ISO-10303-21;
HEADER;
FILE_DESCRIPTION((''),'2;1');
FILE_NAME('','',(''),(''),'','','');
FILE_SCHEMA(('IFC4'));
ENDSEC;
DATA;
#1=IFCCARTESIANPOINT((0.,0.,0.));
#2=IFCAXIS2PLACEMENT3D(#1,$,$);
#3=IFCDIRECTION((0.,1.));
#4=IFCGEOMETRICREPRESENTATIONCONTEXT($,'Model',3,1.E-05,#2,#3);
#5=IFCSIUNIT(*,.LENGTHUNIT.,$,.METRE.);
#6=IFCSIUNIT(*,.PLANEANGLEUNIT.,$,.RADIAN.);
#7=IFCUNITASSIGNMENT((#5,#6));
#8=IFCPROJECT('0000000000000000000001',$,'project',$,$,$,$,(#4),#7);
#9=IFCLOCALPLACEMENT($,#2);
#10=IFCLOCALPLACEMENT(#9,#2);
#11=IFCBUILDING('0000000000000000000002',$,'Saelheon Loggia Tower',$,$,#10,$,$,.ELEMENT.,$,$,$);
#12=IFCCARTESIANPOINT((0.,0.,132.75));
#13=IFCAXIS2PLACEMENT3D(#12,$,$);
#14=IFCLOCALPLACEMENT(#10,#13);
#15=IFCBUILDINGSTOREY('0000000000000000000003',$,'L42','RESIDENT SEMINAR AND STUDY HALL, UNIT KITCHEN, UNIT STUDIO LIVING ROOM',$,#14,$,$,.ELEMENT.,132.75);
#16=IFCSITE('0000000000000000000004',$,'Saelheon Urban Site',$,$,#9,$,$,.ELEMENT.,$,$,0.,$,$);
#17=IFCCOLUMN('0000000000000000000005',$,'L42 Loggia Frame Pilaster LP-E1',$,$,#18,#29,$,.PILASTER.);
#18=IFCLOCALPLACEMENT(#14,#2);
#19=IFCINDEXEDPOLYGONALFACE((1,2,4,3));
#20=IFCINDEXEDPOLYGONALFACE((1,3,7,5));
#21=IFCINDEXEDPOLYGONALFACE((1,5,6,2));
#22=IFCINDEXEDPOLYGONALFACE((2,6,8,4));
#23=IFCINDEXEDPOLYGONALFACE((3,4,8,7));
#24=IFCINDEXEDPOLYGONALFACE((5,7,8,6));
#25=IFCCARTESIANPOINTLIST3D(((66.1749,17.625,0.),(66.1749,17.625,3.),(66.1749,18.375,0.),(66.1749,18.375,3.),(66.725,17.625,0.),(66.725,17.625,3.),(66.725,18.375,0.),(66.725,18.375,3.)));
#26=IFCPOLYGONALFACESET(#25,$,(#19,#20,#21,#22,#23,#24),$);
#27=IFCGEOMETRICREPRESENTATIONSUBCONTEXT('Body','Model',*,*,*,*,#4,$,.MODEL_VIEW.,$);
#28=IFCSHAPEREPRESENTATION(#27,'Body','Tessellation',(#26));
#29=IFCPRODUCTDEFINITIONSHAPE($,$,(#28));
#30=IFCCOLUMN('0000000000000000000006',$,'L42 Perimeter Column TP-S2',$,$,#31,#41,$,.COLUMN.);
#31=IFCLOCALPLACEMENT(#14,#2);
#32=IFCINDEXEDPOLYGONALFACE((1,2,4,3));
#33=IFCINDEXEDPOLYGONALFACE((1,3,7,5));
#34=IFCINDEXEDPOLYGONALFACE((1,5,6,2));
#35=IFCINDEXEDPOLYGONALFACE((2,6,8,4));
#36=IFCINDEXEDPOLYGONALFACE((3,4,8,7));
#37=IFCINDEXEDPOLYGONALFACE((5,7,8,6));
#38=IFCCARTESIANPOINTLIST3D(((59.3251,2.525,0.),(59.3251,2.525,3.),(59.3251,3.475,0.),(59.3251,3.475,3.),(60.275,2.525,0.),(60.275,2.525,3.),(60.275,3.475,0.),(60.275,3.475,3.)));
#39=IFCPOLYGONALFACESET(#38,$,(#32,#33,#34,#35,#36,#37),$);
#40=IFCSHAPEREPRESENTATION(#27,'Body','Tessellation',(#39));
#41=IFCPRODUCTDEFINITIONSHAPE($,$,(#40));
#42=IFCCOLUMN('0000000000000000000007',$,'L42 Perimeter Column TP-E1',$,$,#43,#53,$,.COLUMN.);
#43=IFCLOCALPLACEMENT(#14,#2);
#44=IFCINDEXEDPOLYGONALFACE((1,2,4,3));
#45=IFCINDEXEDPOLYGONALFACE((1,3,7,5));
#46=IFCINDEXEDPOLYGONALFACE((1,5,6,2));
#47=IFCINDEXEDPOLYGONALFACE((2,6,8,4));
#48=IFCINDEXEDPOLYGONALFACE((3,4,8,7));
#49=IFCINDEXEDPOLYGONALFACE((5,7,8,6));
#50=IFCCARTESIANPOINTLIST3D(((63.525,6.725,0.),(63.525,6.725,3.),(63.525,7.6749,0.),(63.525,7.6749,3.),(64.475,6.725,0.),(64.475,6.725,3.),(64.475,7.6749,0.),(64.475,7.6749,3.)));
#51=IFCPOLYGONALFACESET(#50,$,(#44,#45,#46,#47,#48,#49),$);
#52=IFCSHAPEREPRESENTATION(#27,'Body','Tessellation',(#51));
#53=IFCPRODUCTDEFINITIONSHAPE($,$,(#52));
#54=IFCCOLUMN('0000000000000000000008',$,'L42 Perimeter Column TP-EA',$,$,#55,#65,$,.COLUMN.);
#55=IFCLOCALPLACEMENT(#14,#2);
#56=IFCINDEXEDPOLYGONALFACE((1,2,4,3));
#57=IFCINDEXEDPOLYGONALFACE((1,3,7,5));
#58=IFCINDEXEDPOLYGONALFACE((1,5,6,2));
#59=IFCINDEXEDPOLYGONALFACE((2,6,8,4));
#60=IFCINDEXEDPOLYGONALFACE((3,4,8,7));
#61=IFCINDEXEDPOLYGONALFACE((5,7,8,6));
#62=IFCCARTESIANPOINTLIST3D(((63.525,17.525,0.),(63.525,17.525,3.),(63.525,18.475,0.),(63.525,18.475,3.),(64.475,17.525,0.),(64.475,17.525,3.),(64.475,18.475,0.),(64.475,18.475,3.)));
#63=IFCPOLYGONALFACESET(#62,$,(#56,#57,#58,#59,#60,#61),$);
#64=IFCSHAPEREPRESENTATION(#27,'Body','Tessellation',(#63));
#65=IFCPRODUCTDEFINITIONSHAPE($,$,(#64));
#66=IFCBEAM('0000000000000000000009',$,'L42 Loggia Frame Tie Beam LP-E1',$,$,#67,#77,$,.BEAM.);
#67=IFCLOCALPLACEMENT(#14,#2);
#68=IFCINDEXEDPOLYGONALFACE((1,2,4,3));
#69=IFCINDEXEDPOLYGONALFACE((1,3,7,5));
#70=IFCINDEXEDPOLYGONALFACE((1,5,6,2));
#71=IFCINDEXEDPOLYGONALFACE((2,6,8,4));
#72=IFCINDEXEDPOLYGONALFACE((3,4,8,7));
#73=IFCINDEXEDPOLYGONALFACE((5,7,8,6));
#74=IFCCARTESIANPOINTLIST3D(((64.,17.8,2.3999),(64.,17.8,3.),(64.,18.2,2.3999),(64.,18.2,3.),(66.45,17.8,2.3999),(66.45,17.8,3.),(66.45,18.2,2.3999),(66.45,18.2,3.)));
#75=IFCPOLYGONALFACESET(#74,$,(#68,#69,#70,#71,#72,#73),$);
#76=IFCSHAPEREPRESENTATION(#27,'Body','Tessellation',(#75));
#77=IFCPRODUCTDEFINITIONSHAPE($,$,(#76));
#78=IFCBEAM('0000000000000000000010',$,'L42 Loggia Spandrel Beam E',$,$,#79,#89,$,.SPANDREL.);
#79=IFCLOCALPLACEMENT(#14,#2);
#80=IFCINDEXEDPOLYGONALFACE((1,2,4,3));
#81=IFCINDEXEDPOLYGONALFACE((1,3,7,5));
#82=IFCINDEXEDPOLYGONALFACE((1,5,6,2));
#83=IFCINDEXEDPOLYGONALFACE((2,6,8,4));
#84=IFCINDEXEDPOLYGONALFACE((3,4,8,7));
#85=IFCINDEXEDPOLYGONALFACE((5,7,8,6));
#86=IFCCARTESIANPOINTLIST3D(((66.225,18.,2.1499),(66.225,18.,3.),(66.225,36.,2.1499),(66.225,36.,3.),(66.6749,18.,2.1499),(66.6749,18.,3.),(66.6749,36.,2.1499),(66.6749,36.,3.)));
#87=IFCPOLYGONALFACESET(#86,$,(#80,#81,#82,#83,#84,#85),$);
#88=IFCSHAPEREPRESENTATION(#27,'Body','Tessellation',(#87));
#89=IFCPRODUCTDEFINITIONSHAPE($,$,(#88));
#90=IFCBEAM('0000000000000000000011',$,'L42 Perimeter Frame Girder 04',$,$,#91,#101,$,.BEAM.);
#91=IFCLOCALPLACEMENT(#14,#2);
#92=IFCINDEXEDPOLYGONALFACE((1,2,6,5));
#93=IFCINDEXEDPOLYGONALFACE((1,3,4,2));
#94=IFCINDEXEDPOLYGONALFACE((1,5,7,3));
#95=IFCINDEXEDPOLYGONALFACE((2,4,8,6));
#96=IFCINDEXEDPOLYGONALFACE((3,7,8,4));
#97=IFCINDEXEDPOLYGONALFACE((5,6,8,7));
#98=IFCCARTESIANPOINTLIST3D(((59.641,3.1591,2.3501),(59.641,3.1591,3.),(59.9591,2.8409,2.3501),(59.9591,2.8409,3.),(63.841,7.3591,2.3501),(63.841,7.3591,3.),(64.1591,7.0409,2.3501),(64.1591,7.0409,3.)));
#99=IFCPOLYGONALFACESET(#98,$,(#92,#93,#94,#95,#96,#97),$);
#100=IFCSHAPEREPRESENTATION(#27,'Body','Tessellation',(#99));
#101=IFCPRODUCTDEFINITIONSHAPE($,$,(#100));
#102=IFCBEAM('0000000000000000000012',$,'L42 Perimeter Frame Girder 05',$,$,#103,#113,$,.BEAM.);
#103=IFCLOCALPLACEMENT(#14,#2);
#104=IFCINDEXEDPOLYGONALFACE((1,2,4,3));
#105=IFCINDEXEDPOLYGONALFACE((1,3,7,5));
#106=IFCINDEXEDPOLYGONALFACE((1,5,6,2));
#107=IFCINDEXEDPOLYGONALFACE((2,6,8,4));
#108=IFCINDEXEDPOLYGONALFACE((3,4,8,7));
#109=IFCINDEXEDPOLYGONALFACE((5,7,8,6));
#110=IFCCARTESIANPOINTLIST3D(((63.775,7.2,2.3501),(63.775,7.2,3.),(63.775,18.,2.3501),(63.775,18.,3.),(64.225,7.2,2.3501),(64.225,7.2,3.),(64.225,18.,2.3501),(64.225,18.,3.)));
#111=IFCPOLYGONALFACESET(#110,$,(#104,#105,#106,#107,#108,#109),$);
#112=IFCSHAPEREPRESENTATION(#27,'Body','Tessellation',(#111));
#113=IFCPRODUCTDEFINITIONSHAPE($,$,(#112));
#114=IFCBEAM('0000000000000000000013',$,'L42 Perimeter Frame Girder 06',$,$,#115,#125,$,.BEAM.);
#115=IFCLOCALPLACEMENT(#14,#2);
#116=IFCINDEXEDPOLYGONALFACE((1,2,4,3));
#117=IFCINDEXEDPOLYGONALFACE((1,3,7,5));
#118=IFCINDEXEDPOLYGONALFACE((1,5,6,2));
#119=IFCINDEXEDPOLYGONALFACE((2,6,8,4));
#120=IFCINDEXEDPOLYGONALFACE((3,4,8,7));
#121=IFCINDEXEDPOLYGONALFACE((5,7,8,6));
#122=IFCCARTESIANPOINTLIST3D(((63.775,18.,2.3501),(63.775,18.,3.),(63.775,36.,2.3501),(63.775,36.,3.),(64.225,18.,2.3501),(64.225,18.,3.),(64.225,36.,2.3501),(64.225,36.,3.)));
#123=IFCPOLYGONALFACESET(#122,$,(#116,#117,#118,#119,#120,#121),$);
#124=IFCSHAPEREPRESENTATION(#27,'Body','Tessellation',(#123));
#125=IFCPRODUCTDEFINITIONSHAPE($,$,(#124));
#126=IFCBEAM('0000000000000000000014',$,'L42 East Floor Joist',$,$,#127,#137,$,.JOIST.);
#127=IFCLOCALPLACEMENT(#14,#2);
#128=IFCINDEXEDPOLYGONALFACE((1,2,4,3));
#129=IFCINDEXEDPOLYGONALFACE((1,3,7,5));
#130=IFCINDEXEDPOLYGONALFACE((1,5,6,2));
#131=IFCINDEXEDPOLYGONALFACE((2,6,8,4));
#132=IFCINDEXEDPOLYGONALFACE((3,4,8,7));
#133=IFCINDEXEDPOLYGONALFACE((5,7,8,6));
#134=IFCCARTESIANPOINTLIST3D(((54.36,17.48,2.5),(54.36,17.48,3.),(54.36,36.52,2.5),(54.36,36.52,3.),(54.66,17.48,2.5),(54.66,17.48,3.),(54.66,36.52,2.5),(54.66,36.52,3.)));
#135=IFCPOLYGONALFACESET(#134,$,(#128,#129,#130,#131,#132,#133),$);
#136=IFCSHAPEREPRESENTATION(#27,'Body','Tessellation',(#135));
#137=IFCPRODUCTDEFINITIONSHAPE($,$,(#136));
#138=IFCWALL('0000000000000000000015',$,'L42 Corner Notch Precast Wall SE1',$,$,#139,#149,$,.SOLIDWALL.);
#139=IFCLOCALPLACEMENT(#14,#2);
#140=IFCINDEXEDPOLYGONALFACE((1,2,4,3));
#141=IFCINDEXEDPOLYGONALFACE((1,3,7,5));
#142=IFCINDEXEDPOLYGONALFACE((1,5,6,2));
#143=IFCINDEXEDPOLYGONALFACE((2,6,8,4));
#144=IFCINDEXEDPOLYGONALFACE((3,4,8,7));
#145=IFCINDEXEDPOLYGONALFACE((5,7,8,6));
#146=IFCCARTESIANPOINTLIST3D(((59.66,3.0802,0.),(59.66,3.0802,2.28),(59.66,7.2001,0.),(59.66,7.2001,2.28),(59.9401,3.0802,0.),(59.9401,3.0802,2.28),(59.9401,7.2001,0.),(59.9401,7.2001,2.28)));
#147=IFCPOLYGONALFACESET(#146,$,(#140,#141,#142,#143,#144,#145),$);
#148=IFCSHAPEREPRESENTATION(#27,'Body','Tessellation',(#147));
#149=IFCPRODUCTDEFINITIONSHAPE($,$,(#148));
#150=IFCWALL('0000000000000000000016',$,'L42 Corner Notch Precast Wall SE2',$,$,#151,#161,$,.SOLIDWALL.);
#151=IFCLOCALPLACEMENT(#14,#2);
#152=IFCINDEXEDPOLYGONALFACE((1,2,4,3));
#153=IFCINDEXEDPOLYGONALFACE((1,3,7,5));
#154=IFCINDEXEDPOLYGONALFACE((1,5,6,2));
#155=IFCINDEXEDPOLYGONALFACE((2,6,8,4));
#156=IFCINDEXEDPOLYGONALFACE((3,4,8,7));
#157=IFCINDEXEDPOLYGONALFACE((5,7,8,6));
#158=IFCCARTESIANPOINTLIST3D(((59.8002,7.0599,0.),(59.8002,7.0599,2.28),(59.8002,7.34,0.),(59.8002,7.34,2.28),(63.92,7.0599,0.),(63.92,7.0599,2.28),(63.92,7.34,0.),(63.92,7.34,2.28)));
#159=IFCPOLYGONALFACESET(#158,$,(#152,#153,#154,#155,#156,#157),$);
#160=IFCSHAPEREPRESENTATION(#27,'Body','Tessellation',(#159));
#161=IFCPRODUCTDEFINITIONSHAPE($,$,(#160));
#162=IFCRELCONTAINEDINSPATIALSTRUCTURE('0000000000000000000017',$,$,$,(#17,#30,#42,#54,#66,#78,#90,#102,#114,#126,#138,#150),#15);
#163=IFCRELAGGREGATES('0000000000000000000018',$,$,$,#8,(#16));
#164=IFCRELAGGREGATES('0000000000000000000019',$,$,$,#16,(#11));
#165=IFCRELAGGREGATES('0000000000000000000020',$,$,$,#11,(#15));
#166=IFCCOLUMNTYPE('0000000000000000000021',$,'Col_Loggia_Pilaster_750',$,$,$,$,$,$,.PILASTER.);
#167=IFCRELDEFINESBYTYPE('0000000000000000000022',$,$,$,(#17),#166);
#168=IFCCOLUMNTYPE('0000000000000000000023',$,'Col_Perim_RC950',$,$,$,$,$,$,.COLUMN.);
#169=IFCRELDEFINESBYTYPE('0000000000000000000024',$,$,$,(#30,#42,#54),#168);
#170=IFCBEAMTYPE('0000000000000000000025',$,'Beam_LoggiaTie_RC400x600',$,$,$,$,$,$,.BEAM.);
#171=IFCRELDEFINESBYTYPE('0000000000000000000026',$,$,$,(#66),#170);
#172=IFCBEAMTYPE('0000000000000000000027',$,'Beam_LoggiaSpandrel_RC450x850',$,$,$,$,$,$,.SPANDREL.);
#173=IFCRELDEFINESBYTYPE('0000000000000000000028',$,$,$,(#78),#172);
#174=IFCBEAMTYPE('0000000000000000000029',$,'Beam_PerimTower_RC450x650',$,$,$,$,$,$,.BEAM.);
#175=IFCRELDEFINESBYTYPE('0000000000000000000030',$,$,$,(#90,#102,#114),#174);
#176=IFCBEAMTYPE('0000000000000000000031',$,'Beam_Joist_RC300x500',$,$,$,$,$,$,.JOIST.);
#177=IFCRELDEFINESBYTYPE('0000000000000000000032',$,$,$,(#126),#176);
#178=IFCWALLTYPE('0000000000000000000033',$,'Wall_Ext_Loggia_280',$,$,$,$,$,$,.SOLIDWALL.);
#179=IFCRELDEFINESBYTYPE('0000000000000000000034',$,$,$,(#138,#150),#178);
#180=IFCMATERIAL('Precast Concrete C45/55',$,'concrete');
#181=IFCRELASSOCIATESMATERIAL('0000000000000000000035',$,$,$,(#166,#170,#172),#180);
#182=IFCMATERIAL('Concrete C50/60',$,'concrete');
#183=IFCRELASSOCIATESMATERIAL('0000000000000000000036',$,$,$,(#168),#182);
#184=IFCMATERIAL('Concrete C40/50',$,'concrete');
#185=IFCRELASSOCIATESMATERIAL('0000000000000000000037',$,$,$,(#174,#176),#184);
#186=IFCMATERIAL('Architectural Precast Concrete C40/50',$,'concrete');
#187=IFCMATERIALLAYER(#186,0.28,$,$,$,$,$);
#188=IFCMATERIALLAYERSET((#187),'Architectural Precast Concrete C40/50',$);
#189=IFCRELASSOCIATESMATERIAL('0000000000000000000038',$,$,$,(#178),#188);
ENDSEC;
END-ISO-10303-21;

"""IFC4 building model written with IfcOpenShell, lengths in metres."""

from ifc_helpers import new_model, si_unit, direction, frame, frame_2d, origin, origin_2d, place, context, subcontext, project, spatial, rectangle, extrude, source, transform, mapped, material, layer, layer_set, material_profile, profile_set, type_object, element, save


model = new_model("IFC4")

# Units and contexts
model_context = context("Model", 3, precision=1e-05, world=origin(), true_north=direction((0.0, 1.0)))
body_context = subcontext(model_context, "Body", "Model", "MODEL_VIEW")
ifc_project = project(units=[si_unit("LENGTHUNIT", "METRE"), si_unit("PLANEANGLEUNIT", "RADIAN")], contexts=[model_context])

# Site, building, storey
site_placement = place(None, origin())
site = spatial("IfcSite", under=ifc_project, at=site_placement, Name="Saelheon Urban Site", CompositionType="ELEMENT", RefElevation=0.0)
building_placement = place(site_placement, origin())
building = spatial("IfcBuilding", under=site, at=building_placement, Name="Saelheon Loggia Tower", CompositionType="ELEMENT")
storey_placement = place(building_placement, frame((0.0, 0.0, 132.75)))
storey = spatial("IfcBuildingStorey", under=building, at=storey_placement, Name="L42", Description="RESIDENT SEMINAR AND STUDY HALL, UNIT KITCHEN, UNIT STUDIO LIVING ROOM", CompositionType="ELEMENT", Elevation=132.75)

# Columns
ifc_material_1 = material(Name="Precast Concrete C45/55", Category="concrete")
ifc_material_profile_1 = material_profile(ifc_material_1, rectangle(XDim=0.55, YDim=0.75, at=origin_2d()), Name="RC-550x750")
ifc_profile_set_1 = profile_set([ifc_material_profile_1], Name="Precast Concrete C45/55")
column_type_1 = type_object("IfcColumnType", Name="Col_Loggia_Pilaster_750", PredefinedType="PILASTER", material=ifc_profile_set_1)
shared_shape_1 = source(origin(), body_context, "Body", "SweptSolid", [
    extrude(rectangle(XDim=0.55, YDim=0.75, at=origin_2d()), origin(), (0.0, 0.0, 1.0), 3.0),
])
column_placement = place(storey_placement, frame((66.45, 18.0, 0.0), z_axis=(0.0, 0.0, 1.0), x_axis=(1.0, 0.0, 0.0)))
element("IfcColumn", 1, at=column_placement, inside=storey, type_object=column_type_1, Name="L42 Loggia Frame Pilaster LP-E1", PredefinedType="PILASTER", context=body_context, shape_type="MappedRepresentation", body=[
    mapped(shared_shape_1, transform((0.0, 0.0, 0.0), scale=1.0)),
])
ifc_material_2 = material(Name="Concrete C50/60", Category="concrete")
ifc_material_profile_2 = material_profile(ifc_material_2, rectangle(XDim=0.95, YDim=0.95, at=origin_2d()), Name="RC-950x950")
ifc_profile_set_2 = profile_set([ifc_material_profile_2], Name="Concrete C50/60")
column_type_2 = type_object("IfcColumnType", Name="Col_Perim_RC950", PredefinedType="COLUMN", material=ifc_profile_set_2)
shared_shape_2 = source(origin(), body_context, "Body", "SweptSolid", [
    extrude(rectangle(XDim=0.95, YDim=0.95, at=origin_2d()), origin(), (0.0, 0.0, 1.0), 3.0),
])
for number, where, z_axis, x_axis, name in (
    (2, (59.8, 3.0, 0.0), (0.0, 0.0, 1.0), (1.0, 0.0, 0.0), "L42 Perimeter Column TP-S2"),
    (3, (64.0, 7.2, 0.0), (0.0, 0.0, 1.0), (1.0, 0.0, 0.0), "L42 Perimeter Column TP-E1"),
    (4, (64.0, 18.0, 0.0), (0.0, 0.0, 1.0), (1.0, 0.0, 0.0), "L42 Perimeter Column TP-EA"),
):
    element("IfcColumn", number, at=place(storey_placement, frame(where, z_axis=z_axis, x_axis=x_axis)), inside=storey, type_object=column_type_2, Name=name, PredefinedType="COLUMN", context=body_context, shape_type="MappedRepresentation", body=[
        mapped(shared_shape_2, transform((0.0, 0.0, 0.0), scale=1.0)),
    ])

# Beams
ifc_material_profile_3 = material_profile(ifc_material_1, rectangle(XDim=0.3999, YDim=0.6001, at=origin_2d()), Name="RC-400x600")
ifc_profile_set_3 = profile_set([ifc_material_profile_3], Name="Precast Concrete C45/55")
beam_type_1 = type_object("IfcBeamType", Name="Beam_LoggiaTie_RC400x600", PredefinedType="BEAM", material=ifc_profile_set_3)
shared_shape_3 = source(origin(), body_context, "Body", "SweptSolid", [
    extrude(rectangle(XDim=0.3999, YDim=0.6001, at=origin_2d()), origin(), (0.0, 0.0, 1.0), 2.45),
])
beam_1_placement = place(storey_placement, frame((64.0, 18.0, 2.7), z_axis=(1.0, 0.0, 0.0), x_axis=(0.0, 1.0, 0.0)))
element("IfcBeam", 5, at=beam_1_placement, inside=storey, type_object=beam_type_1, Name="L42 Loggia Frame Tie Beam LP-E1", PredefinedType="BEAM", context=body_context, shape_type="MappedRepresentation", body=[
    mapped(shared_shape_3, transform((0.0, 0.0, 0.0), scale=1.0)),
])
ifc_material_profile_4 = material_profile(ifc_material_1, rectangle(XDim=0.45, YDim=0.8501, at=origin_2d()), Name="RC-450x850")
ifc_profile_set_4 = profile_set([ifc_material_profile_4], Name="Precast Concrete C45/55")
beam_type_2 = type_object("IfcBeamType", Name="Beam_LoggiaSpandrel_RC450x850", PredefinedType="SPANDREL", material=ifc_profile_set_4)
shared_shape_4 = source(origin(), body_context, "Body", "SweptSolid", [
    extrude(rectangle(XDim=0.45, YDim=0.8501, at=origin_2d()), origin(), (0.0, 0.0, 1.0), 18.0),
])
beam_2_placement = place(storey_placement, frame((66.45, 18.0, 2.575), z_axis=(0.0, 1.0, 0.0), x_axis=(-1.0, 0.0, 0.0)))
element("IfcBeam", 6, at=beam_2_placement, inside=storey, type_object=beam_type_2, Name="L42 Loggia Spandrel Beam E", PredefinedType="SPANDREL", context=body_context, shape_type="MappedRepresentation", body=[
    mapped(shared_shape_4, transform((0.0, 0.0, 0.0), scale=1.0)),
])
ifc_material_3 = material(Name="Concrete C40/50", Category="concrete")
ifc_material_profile_5 = material_profile(ifc_material_3, rectangle(XDim=0.45, YDim=0.6499, at=origin_2d()), Name="RC-450x650")
ifc_profile_set_5 = profile_set([ifc_material_profile_5], Name="Concrete C40/50")
beam_type_3 = type_object("IfcBeamType", Name="Beam_PerimTower_RC450x650", PredefinedType="BEAM", material=ifc_profile_set_5)
shared_shape_5 = source(origin(), body_context, "Body", "SweptSolid", [
    extrude(rectangle(XDim=0.45, YDim=0.6499, at=origin_2d()), origin(), (0.0, 0.0, 1.0), 5.9397),
])
beam_3_placement = place(storey_placement, frame((59.8, 3.0, 2.675), z_axis=(0.707107, 0.707107, 0.0), x_axis=(-0.707107, 0.707107, 0.0)))
element("IfcBeam", 7, at=beam_3_placement, inside=storey, type_object=beam_type_3, Name="L42 Perimeter Frame Girder 04", PredefinedType="BEAM", context=body_context, shape_type="MappedRepresentation", body=[
    mapped(shared_shape_5, transform((0.0, 0.0, 0.0), scale=1.0)),
])
shared_shape_6 = source(origin(), body_context, "Body", "SweptSolid", [
    extrude(rectangle(XDim=0.45, YDim=0.6499, at=origin_2d()), origin(), (0.0, 0.0, 1.0), 10.8),
])
beam_4_placement = place(storey_placement, frame((64.0, 7.2, 2.675), z_axis=(0.0, 1.0, 0.0), x_axis=(-1.0, 0.0, 0.0)))
element("IfcBeam", 8, at=beam_4_placement, inside=storey, type_object=beam_type_3, Name="L42 Perimeter Frame Girder 05", PredefinedType="BEAM", context=body_context, shape_type="MappedRepresentation", body=[
    mapped(shared_shape_6, transform((0.0, 0.0, 0.0), scale=1.0)),
])
shared_shape_7 = source(origin(), body_context, "Body", "SweptSolid", [
    extrude(rectangle(XDim=0.45, YDim=0.6499, at=origin_2d()), origin(), (0.0, 0.0, 1.0), 18.0),
])
beam_5_placement = place(storey_placement, frame((64.0, 18.0, 2.675), z_axis=(0.0, 1.0, 0.0), x_axis=(-1.0, 0.0, 0.0)))
element("IfcBeam", 9, at=beam_5_placement, inside=storey, type_object=beam_type_3, Name="L42 Perimeter Frame Girder 06", PredefinedType="BEAM", context=body_context, shape_type="MappedRepresentation", body=[
    mapped(shared_shape_7, transform((0.0, 0.0, 0.0), scale=1.0)),
])
ifc_material_profile_6 = material_profile(ifc_material_3, rectangle(XDim=0.3, YDim=0.5, at=origin_2d()), Name="RC-300x500")
ifc_profile_set_6 = profile_set([ifc_material_profile_6], Name="Concrete C40/50")
beam_type_4 = type_object("IfcBeamType", Name="Beam_Joist_RC300x500", PredefinedType="JOIST", material=ifc_profile_set_6)
shared_shape_8 = source(origin(), body_context, "Body", "SweptSolid", [
    extrude(rectangle(XDim=0.3, YDim=0.5, at=origin_2d()), origin(), (0.0, 0.0, 1.0), 19.04),
])
beam_6_placement = place(storey_placement, frame((54.51, 17.48, 2.75), z_axis=(0.0, 1.0, 0.0), x_axis=(-1.0, 0.0, 0.0)))
element("IfcBeam", 10, at=beam_6_placement, inside=storey, type_object=beam_type_4, Name="L42 East Floor Joist", PredefinedType="JOIST", context=body_context, shape_type="MappedRepresentation", body=[
    mapped(shared_shape_8, transform((0.0, 0.0, 0.0), scale=1.0)),
])

# Shared definitions
ifc_material_4 = material(Name="Architectural Precast Concrete C40/50", Category="concrete")
ifc_layer_1 = layer(ifc_material_4, 0.28)
ifc_layer_set_1 = layer_set([ifc_layer_1], Name="Architectural Precast Concrete C40/50")
wall_type_1 = type_object("IfcWallType", Name="Wall_Ext_Loggia_280", PredefinedType="SOLIDWALL", material=ifc_layer_set_1)

# Walls
for number, where, z_axis, x_axis, name in (
    (11, (59.8, 3.0801, 0.0), (0.0, 0.0, 1.0), (0.0, 1.0, 0.0), "L42 Corner Notch Precast Wall SE1"),
    (12, (59.8, 7.2, 0.0), (0.0, 0.0, 1.0), (1.0, 0.0, 0.0), "L42 Corner Notch Precast Wall SE2"),
):
    element("IfcWall", number, at=place(storey_placement, frame(where, z_axis=z_axis, x_axis=x_axis)), inside=storey, type_object=wall_type_1, Name=name, PredefinedType="SOLIDWALL", context=body_context, shape_type="SweptSolid", body=[
        extrude(rectangle(XDim=4.1199, YDim=0.28, at=frame_2d((2.0601, 0.0))), origin(), (0.0, 0.0, 1.0), 2.28),
    ])

save(model, "model.ifc")
